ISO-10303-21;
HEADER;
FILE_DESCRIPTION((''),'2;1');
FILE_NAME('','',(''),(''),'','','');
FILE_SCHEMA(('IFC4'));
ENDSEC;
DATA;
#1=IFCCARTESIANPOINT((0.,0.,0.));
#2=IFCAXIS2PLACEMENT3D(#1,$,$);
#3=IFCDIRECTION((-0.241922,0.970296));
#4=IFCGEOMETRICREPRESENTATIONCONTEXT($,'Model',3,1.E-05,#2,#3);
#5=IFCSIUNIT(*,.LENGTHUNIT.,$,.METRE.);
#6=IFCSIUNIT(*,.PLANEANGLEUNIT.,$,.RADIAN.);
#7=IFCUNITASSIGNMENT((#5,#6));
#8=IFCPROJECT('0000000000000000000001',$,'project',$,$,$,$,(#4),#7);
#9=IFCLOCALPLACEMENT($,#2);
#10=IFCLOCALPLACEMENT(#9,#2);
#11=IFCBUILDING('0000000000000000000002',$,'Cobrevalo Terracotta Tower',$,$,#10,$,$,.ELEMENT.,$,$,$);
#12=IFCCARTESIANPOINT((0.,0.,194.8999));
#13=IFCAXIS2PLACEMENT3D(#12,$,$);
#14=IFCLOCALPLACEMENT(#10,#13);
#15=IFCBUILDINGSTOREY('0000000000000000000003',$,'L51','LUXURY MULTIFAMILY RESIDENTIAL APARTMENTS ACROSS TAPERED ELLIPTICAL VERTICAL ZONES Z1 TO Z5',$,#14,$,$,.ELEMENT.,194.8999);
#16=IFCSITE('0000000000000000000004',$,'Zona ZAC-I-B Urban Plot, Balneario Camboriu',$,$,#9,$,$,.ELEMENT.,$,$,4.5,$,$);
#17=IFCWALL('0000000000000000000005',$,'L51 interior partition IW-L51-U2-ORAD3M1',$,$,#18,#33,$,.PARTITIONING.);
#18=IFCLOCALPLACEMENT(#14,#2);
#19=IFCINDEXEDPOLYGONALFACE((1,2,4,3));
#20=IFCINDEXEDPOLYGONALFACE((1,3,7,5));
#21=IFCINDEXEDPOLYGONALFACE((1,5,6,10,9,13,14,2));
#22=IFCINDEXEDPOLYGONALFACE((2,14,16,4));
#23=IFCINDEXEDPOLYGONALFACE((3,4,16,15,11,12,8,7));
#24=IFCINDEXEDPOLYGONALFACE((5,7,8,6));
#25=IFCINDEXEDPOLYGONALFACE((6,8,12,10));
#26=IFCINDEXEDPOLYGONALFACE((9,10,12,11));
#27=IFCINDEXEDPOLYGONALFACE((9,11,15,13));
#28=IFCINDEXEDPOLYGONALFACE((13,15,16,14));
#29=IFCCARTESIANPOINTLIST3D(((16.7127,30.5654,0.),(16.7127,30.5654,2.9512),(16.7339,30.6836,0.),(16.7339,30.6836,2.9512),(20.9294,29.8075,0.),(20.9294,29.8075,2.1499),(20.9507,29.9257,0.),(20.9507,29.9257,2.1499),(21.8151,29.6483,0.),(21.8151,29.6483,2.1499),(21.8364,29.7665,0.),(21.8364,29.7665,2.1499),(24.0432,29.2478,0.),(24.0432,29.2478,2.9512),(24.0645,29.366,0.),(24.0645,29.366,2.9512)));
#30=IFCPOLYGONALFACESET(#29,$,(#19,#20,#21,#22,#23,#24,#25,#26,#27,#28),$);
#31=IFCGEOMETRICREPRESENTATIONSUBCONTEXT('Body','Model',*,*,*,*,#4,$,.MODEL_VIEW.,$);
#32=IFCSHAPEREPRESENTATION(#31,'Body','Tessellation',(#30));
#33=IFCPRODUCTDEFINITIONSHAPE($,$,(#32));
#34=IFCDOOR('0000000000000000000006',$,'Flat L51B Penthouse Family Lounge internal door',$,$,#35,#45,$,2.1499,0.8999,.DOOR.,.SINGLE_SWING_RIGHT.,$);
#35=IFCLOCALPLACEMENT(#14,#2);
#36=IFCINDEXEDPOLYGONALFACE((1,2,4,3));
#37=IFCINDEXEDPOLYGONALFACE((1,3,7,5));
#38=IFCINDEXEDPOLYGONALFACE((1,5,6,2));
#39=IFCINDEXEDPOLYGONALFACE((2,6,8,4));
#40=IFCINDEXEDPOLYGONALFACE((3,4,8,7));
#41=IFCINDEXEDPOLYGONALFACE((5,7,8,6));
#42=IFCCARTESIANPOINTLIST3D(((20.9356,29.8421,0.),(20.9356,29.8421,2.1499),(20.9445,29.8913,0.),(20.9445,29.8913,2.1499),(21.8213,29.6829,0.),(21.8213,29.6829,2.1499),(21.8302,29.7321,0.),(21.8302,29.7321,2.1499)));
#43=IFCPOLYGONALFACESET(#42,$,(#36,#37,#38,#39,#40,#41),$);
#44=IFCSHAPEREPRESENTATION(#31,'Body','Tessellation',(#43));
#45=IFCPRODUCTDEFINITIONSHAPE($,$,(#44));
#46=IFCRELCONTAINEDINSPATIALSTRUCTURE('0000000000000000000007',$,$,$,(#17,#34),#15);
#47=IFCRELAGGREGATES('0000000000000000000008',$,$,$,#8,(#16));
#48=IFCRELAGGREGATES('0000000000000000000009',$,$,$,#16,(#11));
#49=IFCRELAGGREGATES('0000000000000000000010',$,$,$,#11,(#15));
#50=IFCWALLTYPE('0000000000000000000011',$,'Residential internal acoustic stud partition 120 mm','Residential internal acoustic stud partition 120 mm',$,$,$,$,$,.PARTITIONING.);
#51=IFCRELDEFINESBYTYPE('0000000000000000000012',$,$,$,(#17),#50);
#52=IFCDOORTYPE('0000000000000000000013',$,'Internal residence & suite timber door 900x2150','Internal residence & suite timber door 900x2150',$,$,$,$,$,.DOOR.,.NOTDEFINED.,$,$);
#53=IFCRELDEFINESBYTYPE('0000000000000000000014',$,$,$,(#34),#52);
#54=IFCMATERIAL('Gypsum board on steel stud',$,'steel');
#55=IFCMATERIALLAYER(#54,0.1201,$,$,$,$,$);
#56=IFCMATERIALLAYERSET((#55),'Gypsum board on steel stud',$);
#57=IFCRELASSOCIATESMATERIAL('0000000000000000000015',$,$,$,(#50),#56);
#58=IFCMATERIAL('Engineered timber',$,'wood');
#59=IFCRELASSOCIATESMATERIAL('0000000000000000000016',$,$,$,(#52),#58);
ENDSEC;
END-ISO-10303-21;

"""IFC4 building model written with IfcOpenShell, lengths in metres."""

from ifc_helpers import new_model, si_unit, direction, frame, frame_2d, origin, place, context, subcontext, project, spatial, rectangle, extrude, source, transform, mapped, material, layer, layer_set, type_object, element, fill, save


model = new_model("IFC4")

# Units and contexts
model_context = context("Model", 3, precision=1e-05, world=origin(), true_north=direction((-0.241922, 0.970296)))
body_context = subcontext(model_context, "Body", "Model", "MODEL_VIEW")
ifc_project = project(units=[si_unit("LENGTHUNIT", "METRE"), si_unit("PLANEANGLEUNIT", "RADIAN")], contexts=[model_context])

# Site, building, storey
site_placement = place(None, origin())
site = spatial("IfcSite", under=ifc_project, at=site_placement, Name="Zona ZAC-I-B Urban Plot, Balneario Camboriu", CompositionType="ELEMENT", RefElevation=4.5)
building_placement = place(site_placement, origin())
building = spatial("IfcBuilding", under=site, at=building_placement, Name="Cobrevalo Terracotta Tower", CompositionType="ELEMENT")
storey_placement = place(building_placement, frame((0.0, 0.0, 194.8999)))
storey = spatial("IfcBuildingStorey", under=building, at=storey_placement, Name="L51", Description="LUXURY MULTIFAMILY RESIDENTIAL APARTMENTS ACROSS TAPERED ELLIPTICAL VERTICAL ZONES Z1 TO Z5", CompositionType="ELEMENT", Elevation=194.8999)

# Wall, opening, door
ifc_material_1 = material(Name="Gypsum board on steel stud", Category="steel")
ifc_layer_1 = layer(ifc_material_1, 0.1201)
ifc_layer_set_1 = layer_set([ifc_layer_1], Name="Gypsum board on steel stud")
wall_type_1 = type_object("IfcWallType", Name="Residential internal acoustic stud partition 120 mm", Description="Residential internal acoustic stud partition 120 mm", PredefinedType="PARTITIONING", material=ifc_layer_set_1)
wall_1_placement = place(storey_placement, frame((24.054, 29.3069, 0.0), z_axis=(0.0, 0.0, 1.0), x_axis=(-0.984227, 0.176909, 0.0)))
wall_1 = element("IfcWall", 1, at=wall_1_placement, inside=storey, type_object=wall_type_1, Name="L51 interior partition IW-L51-U2-ORAD3M1", PredefinedType="PARTITIONING", context=body_context, shape_type="SweptSolid", body=[
    extrude(rectangle(XDim=7.448, YDim=0.1201, at=frame_2d((3.7241, 0.0))), origin(), (0.0, 0.0, 1.0), 2.9512),
])
opening_1_placement = place(wall_1_placement, frame((2.2639, 0.0, 0.0)))
opening_1 = element("IfcOpeningElement", 2, at=opening_1_placement, cuts=wall_1, PredefinedType="OPENING", context=body_context, shape_type="SweptSolid", body=[
    extrude(rectangle(XDim=0.8999, YDim=2.1499, at=frame_2d((0.45, 1.075))), frame((0.0, 0.0701, 0.0), z_axis=(0.0, -1.0, 0.0), x_axis=(1.0, 0.0, 0.0)), (0.0, 0.0, 1.0), 0.1401),
])
ifc_material_2 = material(Name="Engineered timber", Category="wood")
door_type = type_object("IfcDoorType", Name="Internal residence & suite timber door 900x2150", Description="Internal residence & suite timber door 900x2150", OperationType="NOTDEFINED", PredefinedType="DOOR", material=ifc_material_2)
shared_shape_1 = source(origin(), body_context, "Body", "SweptSolid", [
    extrude(rectangle(XDim=0.8999, YDim=2.1499, at=frame_2d((0.45, 1.075))), frame((0.0, 0.0249, 0.0), z_axis=(0.0, -1.0, 0.0), x_axis=(1.0, 0.0, 0.0)), (0.0, 0.0, 1.0), 0.05),
])
door_placement = place(opening_1_placement, origin())
door = element("IfcDoor", 3, at=door_placement, inside=storey, type_object=door_type, Name="Flat L51B Penthouse Family Lounge internal door", OperationType="SINGLE_SWING_RIGHT", OverallHeight=2.1499, OverallWidth=0.8999, PredefinedType="DOOR", context=body_context, shape_type="MappedRepresentation", body=[
    mapped(shared_shape_1, transform((0.0, 0.0, 0.0), scale=1.0)),
])
fill(opening_1, door)

save(model, "model.ifc")
